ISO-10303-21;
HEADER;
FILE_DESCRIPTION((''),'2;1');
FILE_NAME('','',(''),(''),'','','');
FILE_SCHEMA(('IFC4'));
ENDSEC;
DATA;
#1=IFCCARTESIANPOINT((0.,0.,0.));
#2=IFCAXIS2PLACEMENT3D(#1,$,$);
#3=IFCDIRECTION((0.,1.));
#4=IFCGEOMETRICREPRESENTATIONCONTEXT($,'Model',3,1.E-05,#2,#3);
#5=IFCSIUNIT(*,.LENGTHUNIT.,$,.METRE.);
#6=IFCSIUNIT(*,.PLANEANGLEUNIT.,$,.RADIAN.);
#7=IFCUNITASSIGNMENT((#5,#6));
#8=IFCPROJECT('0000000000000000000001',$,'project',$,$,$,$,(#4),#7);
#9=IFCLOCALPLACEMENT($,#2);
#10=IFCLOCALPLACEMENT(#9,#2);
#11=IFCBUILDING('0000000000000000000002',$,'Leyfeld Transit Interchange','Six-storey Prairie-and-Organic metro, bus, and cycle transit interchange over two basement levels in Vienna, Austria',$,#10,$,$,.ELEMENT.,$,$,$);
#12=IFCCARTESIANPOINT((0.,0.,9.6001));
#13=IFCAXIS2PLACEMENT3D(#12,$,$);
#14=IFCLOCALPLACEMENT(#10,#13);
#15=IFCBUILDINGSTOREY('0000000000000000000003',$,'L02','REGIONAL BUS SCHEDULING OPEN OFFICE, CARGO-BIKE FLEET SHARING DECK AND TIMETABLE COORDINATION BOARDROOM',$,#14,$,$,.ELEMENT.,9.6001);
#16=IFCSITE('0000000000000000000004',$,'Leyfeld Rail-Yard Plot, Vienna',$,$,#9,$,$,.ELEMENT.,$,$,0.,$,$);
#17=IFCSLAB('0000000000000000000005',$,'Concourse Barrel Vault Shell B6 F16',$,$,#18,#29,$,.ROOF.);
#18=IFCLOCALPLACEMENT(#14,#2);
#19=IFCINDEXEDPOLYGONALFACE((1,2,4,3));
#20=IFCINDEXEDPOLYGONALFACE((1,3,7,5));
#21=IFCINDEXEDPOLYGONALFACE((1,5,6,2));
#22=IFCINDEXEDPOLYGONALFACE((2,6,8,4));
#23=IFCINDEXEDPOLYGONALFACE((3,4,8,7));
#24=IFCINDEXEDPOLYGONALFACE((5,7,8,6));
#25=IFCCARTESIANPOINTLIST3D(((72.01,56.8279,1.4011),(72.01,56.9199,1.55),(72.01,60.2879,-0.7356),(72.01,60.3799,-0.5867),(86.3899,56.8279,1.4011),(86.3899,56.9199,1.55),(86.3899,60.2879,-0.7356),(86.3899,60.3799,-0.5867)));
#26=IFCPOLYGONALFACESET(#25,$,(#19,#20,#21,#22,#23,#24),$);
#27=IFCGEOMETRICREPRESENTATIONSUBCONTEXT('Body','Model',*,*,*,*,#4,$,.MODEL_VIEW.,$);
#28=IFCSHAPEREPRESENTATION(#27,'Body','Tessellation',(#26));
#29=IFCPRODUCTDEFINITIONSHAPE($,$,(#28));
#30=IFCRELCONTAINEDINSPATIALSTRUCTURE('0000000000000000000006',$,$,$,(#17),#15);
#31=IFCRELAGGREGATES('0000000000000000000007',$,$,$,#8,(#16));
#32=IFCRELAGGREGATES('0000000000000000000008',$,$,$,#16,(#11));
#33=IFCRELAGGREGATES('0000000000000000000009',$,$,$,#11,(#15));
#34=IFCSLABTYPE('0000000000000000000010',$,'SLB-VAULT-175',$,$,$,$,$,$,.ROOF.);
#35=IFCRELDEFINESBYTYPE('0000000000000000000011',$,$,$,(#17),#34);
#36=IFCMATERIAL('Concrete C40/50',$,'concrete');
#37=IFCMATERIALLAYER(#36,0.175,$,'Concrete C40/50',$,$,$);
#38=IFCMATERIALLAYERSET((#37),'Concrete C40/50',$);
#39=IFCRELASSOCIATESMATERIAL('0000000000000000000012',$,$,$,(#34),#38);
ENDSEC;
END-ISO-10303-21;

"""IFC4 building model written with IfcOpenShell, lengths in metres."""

from ifc_helpers import new_model, si_unit, direction, frame, origin, place, context, subcontext, project, spatial, polyline, outline, extrude, material, layer, layer_set, type_object, element, save


model = new_model("IFC4")

# Units and contexts
model_context = context("Model", 3, precision=1e-05, world=origin(), true_north=direction((0.0, 1.0)))
body_context = subcontext(model_context, "Body", "Model", "MODEL_VIEW")
ifc_project = project(units=[si_unit("LENGTHUNIT", "METRE"), si_unit("PLANEANGLEUNIT", "RADIAN")], contexts=[model_context])

# Site, building, storey
site_placement = place(None, origin())
site = spatial("IfcSite", under=ifc_project, at=site_placement, Name="Leyfeld Rail-Yard Plot, Vienna", CompositionType="ELEMENT", RefElevation=0.0)
building_placement = place(site_placement, origin())
building = spatial("IfcBuilding", under=site, at=building_placement, Name="Leyfeld Transit Interchange", Description="Six-storey Prairie-and-Organic metro, bus, and cycle transit interchange over two basement levels in Vienna, Austria", CompositionType="ELEMENT")
storey_placement = place(building_placement, frame((0.0, 0.0, 9.6001)))
storey = spatial("IfcBuildingStorey", under=building, at=storey_placement, Name="L02", Description="REGIONAL BUS SCHEDULING OPEN OFFICE, CARGO-BIKE FLEET SHARING DECK AND TIMETABLE COORDINATION BOARDROOM", CompositionType="ELEMENT", Elevation=9.6001)

# Shared definitions
ifc_material_1 = material(Name="Concrete C40/50", Category="concrete")

# Slab
ifc_layer_1 = layer(ifc_material_1, 0.175, Name="Concrete C40/50")
ifc_layer_set_1 = layer_set([ifc_layer_1], Name="Concrete C40/50")
slab_type_1 = type_object("IfcSlabType", Name="SLB-VAULT-175", PredefinedType="ROOF", material=ifc_layer_set_1)
for number, where, z_axis, x_axis, name in (
    (1, (72.01, 56.9199, 1.55), (0.0, 0.525437, 0.850833), (1.0, 0.0, 0.0), "Concourse Barrel Vault Shell B6 F16"),
):
    element("IfcSlab", number, at=place(storey_placement, frame(where, z_axis=z_axis, x_axis=x_axis)), inside=storey, type_object=slab_type_1, Name=name, PredefinedType="ROOF", context=body_context, shape_type="SweptSolid", body=[
        extrude(outline(polyline([(0.0, 0.0), (14.3799, 0.0), (14.3799, 4.0666), (0.0, 4.0666), (0.0, 0.0)])), origin(), (0.0, 0.0, -1.0), 0.175),
    ])

save(model, "model.ifc")
